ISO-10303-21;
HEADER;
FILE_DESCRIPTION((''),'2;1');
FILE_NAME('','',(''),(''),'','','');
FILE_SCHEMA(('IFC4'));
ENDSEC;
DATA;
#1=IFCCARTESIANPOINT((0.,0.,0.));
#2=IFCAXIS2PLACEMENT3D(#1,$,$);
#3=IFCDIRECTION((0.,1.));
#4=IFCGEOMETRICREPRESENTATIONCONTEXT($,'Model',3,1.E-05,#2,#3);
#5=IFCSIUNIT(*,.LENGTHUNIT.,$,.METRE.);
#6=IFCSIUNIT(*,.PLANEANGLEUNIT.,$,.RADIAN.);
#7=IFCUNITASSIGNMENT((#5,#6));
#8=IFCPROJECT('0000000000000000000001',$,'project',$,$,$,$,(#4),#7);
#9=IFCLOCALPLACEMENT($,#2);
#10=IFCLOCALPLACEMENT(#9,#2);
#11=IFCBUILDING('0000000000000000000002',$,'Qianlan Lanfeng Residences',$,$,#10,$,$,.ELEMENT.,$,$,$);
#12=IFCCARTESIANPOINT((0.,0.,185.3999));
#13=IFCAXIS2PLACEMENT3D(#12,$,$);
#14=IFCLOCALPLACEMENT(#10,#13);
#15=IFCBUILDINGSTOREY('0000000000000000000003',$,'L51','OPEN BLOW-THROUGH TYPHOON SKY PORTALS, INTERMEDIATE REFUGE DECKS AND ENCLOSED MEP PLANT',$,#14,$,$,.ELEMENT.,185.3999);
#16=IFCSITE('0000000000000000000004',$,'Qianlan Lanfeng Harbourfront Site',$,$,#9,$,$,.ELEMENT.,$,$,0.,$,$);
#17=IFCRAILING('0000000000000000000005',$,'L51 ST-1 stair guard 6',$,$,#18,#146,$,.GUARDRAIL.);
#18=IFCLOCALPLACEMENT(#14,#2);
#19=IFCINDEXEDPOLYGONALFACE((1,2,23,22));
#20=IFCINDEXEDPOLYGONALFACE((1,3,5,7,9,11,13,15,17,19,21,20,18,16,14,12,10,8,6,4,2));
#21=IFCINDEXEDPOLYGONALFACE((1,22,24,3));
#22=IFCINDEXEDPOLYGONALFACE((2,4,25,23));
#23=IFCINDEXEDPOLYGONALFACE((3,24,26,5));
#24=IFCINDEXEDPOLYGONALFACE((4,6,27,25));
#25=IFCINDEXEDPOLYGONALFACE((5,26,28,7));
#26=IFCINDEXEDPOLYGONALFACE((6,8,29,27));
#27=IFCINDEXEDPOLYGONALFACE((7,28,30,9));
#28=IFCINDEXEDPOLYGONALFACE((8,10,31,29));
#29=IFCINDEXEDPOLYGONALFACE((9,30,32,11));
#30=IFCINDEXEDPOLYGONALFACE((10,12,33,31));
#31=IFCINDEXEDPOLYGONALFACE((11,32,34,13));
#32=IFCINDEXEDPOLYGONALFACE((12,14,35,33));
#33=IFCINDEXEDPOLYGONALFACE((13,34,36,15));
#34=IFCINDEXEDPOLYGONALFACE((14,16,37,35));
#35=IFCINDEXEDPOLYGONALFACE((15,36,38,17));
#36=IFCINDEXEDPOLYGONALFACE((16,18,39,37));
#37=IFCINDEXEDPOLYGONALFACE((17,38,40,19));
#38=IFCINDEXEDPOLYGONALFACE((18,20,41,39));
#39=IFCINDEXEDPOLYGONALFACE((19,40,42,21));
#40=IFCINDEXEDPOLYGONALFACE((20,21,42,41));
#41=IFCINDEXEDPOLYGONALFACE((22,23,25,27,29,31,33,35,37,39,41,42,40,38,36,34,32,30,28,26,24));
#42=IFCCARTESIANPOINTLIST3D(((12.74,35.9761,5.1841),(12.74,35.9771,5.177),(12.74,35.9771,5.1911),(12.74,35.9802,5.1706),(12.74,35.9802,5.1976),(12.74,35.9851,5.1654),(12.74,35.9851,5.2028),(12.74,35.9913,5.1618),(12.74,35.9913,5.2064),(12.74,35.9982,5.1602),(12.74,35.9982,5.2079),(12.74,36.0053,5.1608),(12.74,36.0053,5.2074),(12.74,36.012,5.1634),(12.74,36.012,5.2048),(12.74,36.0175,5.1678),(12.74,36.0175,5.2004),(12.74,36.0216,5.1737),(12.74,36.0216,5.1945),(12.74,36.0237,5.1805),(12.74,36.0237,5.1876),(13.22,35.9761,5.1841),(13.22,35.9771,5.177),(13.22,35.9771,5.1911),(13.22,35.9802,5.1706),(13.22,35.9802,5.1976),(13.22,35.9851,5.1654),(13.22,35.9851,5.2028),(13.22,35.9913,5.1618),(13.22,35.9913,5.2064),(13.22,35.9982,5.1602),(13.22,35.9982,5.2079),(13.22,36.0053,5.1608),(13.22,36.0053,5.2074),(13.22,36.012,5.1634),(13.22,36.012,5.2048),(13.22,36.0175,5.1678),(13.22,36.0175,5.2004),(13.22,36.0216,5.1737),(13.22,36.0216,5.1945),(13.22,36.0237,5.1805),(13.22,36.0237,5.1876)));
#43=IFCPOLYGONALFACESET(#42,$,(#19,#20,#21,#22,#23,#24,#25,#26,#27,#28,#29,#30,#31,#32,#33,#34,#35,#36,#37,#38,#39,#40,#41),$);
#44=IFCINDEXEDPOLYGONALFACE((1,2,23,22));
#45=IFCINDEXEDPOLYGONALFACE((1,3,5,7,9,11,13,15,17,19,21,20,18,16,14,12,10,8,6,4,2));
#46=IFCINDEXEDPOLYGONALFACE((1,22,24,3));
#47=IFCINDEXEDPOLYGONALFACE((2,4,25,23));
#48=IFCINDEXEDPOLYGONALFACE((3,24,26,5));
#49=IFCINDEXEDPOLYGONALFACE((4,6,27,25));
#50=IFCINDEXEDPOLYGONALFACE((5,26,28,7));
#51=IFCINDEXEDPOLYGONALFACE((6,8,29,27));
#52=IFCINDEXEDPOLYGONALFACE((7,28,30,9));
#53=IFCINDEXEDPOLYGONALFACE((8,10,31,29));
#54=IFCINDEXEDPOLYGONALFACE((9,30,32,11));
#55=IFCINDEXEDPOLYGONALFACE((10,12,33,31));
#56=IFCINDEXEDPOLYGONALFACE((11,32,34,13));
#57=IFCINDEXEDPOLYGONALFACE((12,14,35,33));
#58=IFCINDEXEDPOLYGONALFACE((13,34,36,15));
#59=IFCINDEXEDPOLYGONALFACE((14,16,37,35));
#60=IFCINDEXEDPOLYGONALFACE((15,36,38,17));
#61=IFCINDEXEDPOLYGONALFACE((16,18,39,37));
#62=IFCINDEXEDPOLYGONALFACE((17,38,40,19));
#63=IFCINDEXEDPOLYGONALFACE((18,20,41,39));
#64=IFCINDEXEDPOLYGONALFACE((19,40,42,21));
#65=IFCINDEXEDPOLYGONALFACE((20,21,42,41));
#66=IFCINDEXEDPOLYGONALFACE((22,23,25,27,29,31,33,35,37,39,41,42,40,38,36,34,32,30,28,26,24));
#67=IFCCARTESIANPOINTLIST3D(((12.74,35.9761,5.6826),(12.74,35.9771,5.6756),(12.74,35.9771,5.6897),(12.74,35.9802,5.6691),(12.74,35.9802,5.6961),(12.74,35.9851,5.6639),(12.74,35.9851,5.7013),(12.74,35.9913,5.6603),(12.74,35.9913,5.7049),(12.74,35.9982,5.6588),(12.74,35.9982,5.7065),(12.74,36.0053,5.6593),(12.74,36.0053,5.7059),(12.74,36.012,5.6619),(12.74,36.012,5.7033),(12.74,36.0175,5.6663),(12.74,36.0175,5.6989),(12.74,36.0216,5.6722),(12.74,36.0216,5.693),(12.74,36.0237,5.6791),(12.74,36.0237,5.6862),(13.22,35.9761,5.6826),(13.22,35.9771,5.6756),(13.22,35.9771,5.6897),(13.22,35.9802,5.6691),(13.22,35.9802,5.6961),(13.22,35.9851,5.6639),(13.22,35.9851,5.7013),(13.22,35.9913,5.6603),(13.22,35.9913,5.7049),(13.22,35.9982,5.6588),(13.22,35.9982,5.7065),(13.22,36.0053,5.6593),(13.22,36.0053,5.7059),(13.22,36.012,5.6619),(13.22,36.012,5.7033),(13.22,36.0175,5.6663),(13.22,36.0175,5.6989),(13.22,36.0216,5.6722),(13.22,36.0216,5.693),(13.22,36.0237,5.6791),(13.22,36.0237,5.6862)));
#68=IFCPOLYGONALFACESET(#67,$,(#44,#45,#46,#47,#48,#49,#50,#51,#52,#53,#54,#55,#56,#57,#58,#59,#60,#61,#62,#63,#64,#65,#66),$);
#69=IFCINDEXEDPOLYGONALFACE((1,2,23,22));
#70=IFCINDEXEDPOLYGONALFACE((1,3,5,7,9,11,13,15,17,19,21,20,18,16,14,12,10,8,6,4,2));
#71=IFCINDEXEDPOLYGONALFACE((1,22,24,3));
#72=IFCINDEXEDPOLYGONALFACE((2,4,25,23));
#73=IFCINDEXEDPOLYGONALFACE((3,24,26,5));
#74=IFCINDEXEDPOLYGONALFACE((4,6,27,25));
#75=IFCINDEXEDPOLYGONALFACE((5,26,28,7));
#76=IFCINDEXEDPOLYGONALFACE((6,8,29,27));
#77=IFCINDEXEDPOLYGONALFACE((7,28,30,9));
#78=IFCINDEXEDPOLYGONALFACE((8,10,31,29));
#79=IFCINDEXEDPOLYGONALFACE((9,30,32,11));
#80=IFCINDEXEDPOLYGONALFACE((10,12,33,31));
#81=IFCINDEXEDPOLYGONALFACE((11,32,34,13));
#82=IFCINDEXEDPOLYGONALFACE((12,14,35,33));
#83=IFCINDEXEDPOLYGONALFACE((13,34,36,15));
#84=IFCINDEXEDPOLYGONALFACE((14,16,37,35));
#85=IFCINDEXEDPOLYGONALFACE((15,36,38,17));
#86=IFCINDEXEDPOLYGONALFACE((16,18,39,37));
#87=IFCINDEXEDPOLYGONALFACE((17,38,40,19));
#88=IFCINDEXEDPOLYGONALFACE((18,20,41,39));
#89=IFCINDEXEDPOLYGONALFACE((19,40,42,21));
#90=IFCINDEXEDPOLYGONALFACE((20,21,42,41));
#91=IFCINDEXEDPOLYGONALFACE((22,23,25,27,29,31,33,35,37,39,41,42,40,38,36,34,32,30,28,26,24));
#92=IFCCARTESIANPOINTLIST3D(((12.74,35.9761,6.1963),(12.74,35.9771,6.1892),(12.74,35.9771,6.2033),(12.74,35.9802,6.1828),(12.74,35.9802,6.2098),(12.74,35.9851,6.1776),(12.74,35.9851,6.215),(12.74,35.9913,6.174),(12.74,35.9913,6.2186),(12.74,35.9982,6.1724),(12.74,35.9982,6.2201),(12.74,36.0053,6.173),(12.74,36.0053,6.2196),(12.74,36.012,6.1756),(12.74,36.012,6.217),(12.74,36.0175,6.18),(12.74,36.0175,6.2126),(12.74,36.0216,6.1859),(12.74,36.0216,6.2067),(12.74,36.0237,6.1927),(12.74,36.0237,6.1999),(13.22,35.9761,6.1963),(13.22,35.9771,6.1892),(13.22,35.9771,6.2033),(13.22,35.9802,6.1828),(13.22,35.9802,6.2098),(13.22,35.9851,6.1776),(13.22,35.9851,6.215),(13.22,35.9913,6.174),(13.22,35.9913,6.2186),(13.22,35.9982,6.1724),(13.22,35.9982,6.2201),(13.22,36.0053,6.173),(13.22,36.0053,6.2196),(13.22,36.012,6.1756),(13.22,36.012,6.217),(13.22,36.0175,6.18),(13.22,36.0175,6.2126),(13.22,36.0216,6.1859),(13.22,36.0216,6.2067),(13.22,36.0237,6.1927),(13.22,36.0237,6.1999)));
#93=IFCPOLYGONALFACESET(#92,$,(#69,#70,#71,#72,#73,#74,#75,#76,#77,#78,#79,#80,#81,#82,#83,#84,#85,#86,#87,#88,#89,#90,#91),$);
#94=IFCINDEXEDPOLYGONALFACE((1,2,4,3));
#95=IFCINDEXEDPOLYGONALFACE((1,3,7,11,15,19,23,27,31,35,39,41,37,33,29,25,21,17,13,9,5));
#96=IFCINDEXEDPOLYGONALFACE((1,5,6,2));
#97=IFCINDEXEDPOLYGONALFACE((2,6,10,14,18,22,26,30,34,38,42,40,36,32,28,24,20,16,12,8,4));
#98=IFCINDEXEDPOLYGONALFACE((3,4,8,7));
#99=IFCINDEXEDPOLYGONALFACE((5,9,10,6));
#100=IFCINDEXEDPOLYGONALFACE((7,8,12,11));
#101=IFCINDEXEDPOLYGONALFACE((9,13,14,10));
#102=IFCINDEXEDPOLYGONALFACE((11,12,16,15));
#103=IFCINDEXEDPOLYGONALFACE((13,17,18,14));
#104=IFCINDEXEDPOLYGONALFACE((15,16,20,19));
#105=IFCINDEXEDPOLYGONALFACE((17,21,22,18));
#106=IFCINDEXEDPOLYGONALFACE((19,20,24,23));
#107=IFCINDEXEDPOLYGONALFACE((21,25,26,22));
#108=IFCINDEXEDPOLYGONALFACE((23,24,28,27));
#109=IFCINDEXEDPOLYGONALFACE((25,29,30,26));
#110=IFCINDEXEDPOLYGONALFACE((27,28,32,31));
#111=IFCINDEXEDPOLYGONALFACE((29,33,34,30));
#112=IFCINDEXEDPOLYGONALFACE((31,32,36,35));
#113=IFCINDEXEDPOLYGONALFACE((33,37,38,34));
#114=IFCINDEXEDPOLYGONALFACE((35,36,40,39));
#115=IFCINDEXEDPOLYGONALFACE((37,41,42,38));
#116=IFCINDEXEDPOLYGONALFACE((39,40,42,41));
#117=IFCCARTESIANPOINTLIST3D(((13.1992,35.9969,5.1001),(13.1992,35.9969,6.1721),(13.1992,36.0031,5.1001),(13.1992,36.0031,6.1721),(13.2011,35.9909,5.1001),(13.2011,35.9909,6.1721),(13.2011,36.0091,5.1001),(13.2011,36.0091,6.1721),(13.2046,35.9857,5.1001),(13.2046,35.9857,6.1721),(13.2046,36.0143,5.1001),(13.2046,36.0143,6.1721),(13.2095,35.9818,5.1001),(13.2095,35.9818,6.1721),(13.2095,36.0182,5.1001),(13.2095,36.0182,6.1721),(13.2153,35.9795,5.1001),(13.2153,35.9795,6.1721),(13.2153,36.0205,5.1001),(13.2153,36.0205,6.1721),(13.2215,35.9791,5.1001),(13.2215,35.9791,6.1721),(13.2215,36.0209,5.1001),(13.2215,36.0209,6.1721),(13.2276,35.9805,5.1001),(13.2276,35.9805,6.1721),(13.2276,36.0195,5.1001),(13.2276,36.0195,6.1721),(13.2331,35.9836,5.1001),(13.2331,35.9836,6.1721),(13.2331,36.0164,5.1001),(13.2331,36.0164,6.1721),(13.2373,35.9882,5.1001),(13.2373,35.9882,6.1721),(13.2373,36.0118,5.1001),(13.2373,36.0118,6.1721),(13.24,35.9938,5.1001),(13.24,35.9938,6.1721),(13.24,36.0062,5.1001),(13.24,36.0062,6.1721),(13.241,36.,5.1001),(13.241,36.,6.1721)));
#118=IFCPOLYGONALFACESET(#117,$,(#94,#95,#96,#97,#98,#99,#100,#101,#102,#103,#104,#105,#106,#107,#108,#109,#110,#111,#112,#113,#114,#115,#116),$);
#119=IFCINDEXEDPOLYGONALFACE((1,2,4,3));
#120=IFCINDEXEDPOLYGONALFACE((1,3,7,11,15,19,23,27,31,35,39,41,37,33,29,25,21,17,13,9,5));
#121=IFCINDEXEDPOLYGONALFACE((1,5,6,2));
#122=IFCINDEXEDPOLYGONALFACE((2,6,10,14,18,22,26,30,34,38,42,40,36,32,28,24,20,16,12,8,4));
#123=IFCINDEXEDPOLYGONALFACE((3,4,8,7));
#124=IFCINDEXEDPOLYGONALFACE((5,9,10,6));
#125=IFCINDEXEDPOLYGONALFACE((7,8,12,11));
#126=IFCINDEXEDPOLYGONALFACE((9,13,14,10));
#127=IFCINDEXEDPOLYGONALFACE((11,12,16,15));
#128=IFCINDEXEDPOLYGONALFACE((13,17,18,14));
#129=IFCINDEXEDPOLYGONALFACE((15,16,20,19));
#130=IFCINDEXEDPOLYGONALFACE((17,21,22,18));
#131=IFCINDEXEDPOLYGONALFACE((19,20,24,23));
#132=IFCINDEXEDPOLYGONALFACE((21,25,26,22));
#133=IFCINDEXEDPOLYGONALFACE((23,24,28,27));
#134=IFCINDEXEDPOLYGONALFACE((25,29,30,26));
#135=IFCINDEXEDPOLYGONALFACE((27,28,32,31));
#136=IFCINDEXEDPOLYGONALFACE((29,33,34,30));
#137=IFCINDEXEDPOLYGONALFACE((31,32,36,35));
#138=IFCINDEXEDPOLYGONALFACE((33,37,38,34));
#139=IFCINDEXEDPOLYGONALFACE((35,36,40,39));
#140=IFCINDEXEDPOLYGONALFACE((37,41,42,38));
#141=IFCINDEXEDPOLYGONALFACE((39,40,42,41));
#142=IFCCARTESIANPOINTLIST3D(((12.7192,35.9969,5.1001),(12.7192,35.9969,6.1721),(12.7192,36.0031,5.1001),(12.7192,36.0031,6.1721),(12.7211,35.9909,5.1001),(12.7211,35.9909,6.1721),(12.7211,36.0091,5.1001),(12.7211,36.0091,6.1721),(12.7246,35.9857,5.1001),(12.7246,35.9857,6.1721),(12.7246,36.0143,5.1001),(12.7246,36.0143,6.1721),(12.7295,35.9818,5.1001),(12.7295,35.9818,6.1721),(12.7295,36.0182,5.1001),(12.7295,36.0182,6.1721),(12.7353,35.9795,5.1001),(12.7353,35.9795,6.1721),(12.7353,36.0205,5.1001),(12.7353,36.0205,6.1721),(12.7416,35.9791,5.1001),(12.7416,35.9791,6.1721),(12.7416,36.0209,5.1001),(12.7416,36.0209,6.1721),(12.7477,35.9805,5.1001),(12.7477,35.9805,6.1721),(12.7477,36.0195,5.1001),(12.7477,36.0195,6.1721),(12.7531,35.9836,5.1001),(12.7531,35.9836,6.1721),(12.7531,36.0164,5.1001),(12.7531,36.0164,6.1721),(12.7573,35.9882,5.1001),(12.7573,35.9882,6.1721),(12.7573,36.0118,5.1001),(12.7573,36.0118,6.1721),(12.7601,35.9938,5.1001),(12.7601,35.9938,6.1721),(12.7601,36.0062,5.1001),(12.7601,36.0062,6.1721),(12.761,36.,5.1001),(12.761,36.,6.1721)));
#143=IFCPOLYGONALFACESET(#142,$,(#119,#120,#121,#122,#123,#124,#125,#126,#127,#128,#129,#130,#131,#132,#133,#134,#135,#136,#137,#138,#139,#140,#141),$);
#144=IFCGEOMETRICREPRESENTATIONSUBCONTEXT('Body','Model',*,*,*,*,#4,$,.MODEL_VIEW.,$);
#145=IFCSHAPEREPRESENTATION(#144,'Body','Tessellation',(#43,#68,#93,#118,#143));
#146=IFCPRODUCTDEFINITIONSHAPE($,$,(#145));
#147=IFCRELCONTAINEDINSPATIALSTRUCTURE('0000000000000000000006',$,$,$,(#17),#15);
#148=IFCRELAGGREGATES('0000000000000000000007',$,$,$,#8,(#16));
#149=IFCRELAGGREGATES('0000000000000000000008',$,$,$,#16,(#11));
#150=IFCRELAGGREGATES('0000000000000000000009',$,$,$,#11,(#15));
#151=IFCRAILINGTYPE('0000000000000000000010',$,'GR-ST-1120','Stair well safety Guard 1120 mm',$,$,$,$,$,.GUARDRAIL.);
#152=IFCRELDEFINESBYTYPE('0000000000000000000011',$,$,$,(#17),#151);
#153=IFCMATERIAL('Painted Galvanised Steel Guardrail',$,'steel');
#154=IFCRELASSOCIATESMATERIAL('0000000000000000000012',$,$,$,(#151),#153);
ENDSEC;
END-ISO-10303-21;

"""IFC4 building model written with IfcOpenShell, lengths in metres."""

from ifc_helpers import new_model, si_unit, direction, frame, origin, origin_2d, place, context, subcontext, project, spatial, circle, extrude, material, type_object, element, save


model = new_model("IFC4")

# Units and contexts
model_context = context("Model", 3, precision=1e-05, world=origin(), true_north=direction((0.0, 1.0)))
body_context = subcontext(model_context, "Body", "Model", "MODEL_VIEW")
ifc_project = project(units=[si_unit("LENGTHUNIT", "METRE"), si_unit("PLANEANGLEUNIT", "RADIAN")], contexts=[model_context])

# Site, building, storey
site_placement = place(None, origin())
site = spatial("IfcSite", under=ifc_project, at=site_placement, Name="Qianlan Lanfeng Harbourfront Site", CompositionType="ELEMENT", RefElevation=0.0)
building_placement = place(site_placement, origin())
building = spatial("IfcBuilding", under=site, at=building_placement, Name="Qianlan Lanfeng Residences", CompositionType="ELEMENT")
storey_placement = place(building_placement, frame((0.0, 0.0, 185.3999)))
storey = spatial("IfcBuildingStorey", under=building, at=storey_placement, Name="L51", Description="OPEN BLOW-THROUGH TYPHOON SKY PORTALS, INTERMEDIATE REFUGE DECKS AND ENCLOSED MEP PLANT", CompositionType="ELEMENT", Elevation=185.3999)

# Railing
ifc_material_1 = material(Name="Painted Galvanised Steel Guardrail", Category="steel")
railing_type_1 = type_object("IfcRailingType", Name="GR-ST-1120", Description="Stair well safety Guard 1120 mm", PredefinedType="GUARDRAIL", material=ifc_material_1)
for number, where, name in (
    (1, (13.22, 36.0, 5.1001), "L51 ST-1 stair guard 6"),
):
    element("IfcRailing", number, at=place(storey_placement, frame(where)), inside=storey, type_object=railing_type_1, Name=name, PredefinedType="GUARDRAIL", context=body_context, shape_type="SweptSolid", body=[
        extrude(circle(Radius=0.0239, at=origin_2d()), frame((0.0, 0.0, 0.084), z_axis=(-1.0, 0.0, 0.0), x_axis=(0.0, -1.0, 0.0)), (0.0, 0.0, 1.0), 0.48),
        extrude(circle(Radius=0.0239, at=origin_2d()), frame((0.0, 0.0, 0.5825), z_axis=(-1.0, 0.0, 0.0), x_axis=(0.0, -1.0, 0.0)), (0.0, 0.0, 1.0), 0.48),
        extrude(circle(Radius=0.0239, at=origin_2d()), frame((0.0, 0.0, 1.0962), z_axis=(-1.0, 0.0, 0.0), x_axis=(0.0, -1.0, 0.0)), (0.0, 0.0, 1.0), 0.48),
        extrude(circle(Radius=0.021, at=origin_2d()), origin(), (0.0, 0.0, 1.0), 1.072),
        extrude(circle(Radius=0.021, at=origin_2d()), frame((-0.48, 0.0, 0.0)), (0.0, 0.0, 1.0), 1.072),
    ])

save(model, "model.ifc")
